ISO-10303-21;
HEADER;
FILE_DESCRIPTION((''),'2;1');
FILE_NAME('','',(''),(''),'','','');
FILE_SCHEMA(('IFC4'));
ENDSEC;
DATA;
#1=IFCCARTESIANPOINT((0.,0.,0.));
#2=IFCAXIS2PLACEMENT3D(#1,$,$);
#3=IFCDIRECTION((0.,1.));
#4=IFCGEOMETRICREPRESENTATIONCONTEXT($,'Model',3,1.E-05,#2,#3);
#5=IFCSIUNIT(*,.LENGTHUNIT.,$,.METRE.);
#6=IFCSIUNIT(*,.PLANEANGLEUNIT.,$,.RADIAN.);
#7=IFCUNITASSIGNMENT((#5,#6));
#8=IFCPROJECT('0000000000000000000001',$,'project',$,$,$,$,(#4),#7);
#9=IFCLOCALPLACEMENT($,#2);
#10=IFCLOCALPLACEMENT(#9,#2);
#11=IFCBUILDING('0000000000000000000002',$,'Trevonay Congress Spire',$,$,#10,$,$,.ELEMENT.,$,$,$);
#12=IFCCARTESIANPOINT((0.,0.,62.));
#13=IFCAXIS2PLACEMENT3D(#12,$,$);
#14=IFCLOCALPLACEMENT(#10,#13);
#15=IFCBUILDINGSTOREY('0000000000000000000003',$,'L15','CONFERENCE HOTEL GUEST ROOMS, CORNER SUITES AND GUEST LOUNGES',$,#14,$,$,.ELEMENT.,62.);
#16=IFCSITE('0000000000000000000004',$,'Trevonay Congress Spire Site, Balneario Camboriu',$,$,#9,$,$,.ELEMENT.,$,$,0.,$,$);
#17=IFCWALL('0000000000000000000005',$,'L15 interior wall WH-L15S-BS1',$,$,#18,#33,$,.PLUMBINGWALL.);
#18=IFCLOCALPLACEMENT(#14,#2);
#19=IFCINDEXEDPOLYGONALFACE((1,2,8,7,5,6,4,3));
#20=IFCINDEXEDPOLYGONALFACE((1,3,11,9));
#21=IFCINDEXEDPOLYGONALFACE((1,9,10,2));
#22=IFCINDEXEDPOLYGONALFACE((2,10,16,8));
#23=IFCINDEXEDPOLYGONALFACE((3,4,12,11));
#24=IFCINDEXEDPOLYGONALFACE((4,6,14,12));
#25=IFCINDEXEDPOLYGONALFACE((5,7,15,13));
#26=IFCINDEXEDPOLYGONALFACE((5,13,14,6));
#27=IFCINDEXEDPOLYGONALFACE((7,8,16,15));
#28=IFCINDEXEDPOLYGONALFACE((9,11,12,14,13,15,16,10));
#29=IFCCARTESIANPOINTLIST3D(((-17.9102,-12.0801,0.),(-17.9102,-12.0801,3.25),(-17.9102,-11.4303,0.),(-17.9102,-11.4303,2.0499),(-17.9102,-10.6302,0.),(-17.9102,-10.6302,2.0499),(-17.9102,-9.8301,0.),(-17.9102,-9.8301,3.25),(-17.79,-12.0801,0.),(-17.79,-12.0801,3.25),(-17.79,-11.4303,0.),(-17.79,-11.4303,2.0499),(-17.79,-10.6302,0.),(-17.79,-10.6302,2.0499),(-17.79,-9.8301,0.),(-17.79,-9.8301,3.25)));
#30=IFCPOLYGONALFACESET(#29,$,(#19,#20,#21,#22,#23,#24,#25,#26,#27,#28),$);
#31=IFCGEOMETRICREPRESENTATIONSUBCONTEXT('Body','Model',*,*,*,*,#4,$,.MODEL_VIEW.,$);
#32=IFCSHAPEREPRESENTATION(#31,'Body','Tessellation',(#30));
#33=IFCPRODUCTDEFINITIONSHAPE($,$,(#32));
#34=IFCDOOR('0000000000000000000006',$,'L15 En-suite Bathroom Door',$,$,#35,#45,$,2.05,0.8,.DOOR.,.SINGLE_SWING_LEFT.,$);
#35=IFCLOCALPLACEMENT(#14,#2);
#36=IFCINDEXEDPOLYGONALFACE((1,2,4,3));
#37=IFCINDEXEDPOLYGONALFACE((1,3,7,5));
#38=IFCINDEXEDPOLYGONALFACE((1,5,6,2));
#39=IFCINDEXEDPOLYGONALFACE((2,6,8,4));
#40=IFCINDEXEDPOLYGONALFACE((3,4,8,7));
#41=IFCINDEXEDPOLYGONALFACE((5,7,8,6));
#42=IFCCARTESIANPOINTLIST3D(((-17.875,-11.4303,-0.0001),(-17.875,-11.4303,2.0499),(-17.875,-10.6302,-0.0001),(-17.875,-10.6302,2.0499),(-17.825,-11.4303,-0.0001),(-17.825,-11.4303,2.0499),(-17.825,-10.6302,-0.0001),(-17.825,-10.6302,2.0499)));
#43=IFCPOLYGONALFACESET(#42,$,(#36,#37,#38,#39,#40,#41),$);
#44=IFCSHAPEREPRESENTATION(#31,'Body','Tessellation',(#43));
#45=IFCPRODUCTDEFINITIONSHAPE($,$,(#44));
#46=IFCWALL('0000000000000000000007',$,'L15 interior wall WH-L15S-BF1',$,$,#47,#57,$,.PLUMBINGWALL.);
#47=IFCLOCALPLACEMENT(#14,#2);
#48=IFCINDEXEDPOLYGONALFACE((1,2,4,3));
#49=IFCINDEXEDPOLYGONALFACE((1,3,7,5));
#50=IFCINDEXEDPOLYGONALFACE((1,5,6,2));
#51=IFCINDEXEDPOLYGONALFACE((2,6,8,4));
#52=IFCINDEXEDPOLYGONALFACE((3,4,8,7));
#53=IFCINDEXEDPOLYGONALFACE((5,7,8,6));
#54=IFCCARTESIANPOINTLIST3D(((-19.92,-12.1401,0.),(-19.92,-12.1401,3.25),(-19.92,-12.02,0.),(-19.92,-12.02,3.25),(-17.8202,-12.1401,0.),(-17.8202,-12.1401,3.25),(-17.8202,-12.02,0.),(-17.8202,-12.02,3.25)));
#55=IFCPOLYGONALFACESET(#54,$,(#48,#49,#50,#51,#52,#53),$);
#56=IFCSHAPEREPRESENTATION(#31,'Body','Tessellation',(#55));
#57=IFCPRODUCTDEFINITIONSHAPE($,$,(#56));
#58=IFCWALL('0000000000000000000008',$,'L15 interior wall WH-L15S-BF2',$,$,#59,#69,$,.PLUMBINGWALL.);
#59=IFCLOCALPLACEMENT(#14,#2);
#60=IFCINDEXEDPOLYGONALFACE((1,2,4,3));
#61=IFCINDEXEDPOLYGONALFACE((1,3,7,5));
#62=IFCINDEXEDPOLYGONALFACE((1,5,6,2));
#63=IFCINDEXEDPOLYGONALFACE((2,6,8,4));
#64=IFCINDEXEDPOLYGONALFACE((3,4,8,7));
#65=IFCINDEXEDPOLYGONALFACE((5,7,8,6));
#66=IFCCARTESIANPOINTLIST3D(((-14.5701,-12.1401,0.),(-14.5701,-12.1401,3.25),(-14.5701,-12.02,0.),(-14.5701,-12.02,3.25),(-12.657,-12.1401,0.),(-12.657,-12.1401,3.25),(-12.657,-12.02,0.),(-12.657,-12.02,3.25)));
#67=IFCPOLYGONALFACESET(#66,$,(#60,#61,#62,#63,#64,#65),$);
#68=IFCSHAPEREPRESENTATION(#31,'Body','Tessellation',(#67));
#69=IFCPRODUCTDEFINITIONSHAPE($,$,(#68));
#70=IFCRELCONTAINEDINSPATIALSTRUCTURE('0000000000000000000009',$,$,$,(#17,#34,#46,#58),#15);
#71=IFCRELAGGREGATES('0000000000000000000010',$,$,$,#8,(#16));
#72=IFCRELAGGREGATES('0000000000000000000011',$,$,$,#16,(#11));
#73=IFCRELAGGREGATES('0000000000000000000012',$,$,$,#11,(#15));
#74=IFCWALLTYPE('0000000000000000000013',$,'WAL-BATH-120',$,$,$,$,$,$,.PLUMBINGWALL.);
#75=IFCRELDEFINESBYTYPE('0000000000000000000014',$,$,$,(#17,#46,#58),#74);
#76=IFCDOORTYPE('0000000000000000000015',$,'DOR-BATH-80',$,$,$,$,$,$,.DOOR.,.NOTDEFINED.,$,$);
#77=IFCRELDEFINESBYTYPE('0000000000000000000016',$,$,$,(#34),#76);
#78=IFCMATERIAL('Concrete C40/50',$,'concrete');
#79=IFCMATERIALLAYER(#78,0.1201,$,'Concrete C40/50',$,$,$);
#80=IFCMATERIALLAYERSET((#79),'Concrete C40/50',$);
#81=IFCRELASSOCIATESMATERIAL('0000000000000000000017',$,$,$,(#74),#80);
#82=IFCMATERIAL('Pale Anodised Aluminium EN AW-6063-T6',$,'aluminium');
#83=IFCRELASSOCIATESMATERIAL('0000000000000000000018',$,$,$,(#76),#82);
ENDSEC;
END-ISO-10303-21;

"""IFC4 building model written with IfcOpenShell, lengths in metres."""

from ifc_helpers import new_model, si_unit, direction, frame, frame_2d, origin, place, context, subcontext, project, spatial, rectangle, extrude, material, layer, layer_set, type_object, element, fill, save


model = new_model("IFC4")

# Units and contexts
model_context = context("Model", 3, precision=1e-05, world=origin(), true_north=direction((0.0, 1.0)))
body_context = subcontext(model_context, "Body", "Model", "MODEL_VIEW")
ifc_project = project(units=[si_unit("LENGTHUNIT", "METRE"), si_unit("PLANEANGLEUNIT", "RADIAN")], contexts=[model_context])

# Site, building, storey
site_placement = place(None, origin())
site = spatial("IfcSite", under=ifc_project, at=site_placement, Name="Trevonay Congress Spire Site, Balneario Camboriu", CompositionType="ELEMENT", RefElevation=0.0)
building_placement = place(site_placement, origin())
building = spatial("IfcBuilding", under=site, at=building_placement, Name="Trevonay Congress Spire", CompositionType="ELEMENT")
storey_placement = place(building_placement, frame((0.0, 0.0, 62.0)))
storey = spatial("IfcBuildingStorey", under=building, at=storey_placement, Name="L15", Description="CONFERENCE HOTEL GUEST ROOMS, CORNER SUITES AND GUEST LOUNGES", CompositionType="ELEMENT", Elevation=62.0)

# Shared definitions
ifc_material_1 = material(Name="Pale Anodised Aluminium EN AW-6063-T6", Category="aluminium")

# Wall, opening, door
ifc_material_2 = material(Name="Concrete C40/50", Category="concrete")
ifc_layer_1 = layer(ifc_material_2, 0.1201, Name="Concrete C40/50")
ifc_layer_set_1 = layer_set([ifc_layer_1], Name="Concrete C40/50")
wall_type_1 = type_object("IfcWallType", Name="WAL-BATH-120", PredefinedType="PLUMBINGWALL", material=ifc_layer_set_1)
wall_1_placement = place(storey_placement, frame((-17.8501, -12.0801, 0.0), z_axis=(0.0, 0.0, 1.0), x_axis=(0.0, 1.0, 0.0)))
wall_1 = element("IfcWall", 1, at=wall_1_placement, inside=storey, type_object=wall_type_1, Name="L15 interior wall WH-L15S-BS1", PredefinedType="PLUMBINGWALL", context=body_context, shape_type="SweptSolid", body=[
    extrude(rectangle(XDim=2.25, YDim=0.1201, at=frame_2d((1.125, 0.0))), origin(), (0.0, 0.0, 1.0), 3.25),
])
opening_1_placement = place(wall_1_placement, frame((0.6499, 0.0, 0.0)))
opening_1 = element("IfcOpeningElement", 2, at=opening_1_placement, cuts=wall_1, PredefinedType="OPENING", context=body_context, shape_type="SweptSolid", body=[
    extrude(rectangle(XDim=0.8, YDim=2.05, at=frame_2d((0.3999, 1.0249))), frame((0.0, 0.0701, 0.0), z_axis=(0.0, -1.0, 0.0), x_axis=(1.0, 0.0, 0.0)), (0.0, 0.0, 1.0), 0.1401),
])
door_type_1 = type_object("IfcDoorType", Name="DOR-BATH-80", OperationType="NOTDEFINED", PredefinedType="DOOR", material=ifc_material_1)
door_1_placement = place(opening_1_placement, origin())
door_1 = element("IfcDoor", 3, at=door_1_placement, inside=storey, type_object=door_type_1, Name="L15 En-suite Bathroom Door", OperationType="SINGLE_SWING_LEFT", OverallHeight=2.05, OverallWidth=0.8, PredefinedType="DOOR", context=body_context, shape_type="SweptSolid", body=[
    extrude(rectangle(XDim=0.8, YDim=2.05, at=frame_2d((0.3999, 1.0249))), frame((0.0, 0.0249, 0.0), z_axis=(0.0, -1.0, 0.0), x_axis=(1.0, 0.0, 0.0)), (0.0, 0.0, 1.0), 0.05),
])
fill(opening_1, door_1)

# Walls
wall_2_placement = place(storey_placement, frame((-19.9199, -12.0801, 0.0), z_axis=(0.0, 0.0, 1.0), x_axis=(1.0, 0.0, 0.0)))
element("IfcWall", 4, at=wall_2_placement, inside=storey, type_object=wall_type_1, Name="L15 interior wall WH-L15S-BF1", PredefinedType="PLUMBINGWALL", context=body_context, shape_type="SweptSolid", body=[
    extrude(rectangle(XDim=2.0999, YDim=0.1201, at=frame_2d((1.0498, 0.0))), origin(), (0.0, 0.0, 1.0), 3.25),
])
wall_3_placement = place(storey_placement, frame((-14.5701, -12.0801, 0.0), z_axis=(0.0, 0.0, 1.0), x_axis=(1.0, 0.0, 0.0)))
element("IfcWall", 5, at=wall_3_placement, inside=storey, type_object=wall_type_1, Name="L15 interior wall WH-L15S-BF2", PredefinedType="PLUMBINGWALL", context=body_context, shape_type="SweptSolid", body=[
    extrude(rectangle(XDim=1.9131, YDim=0.1201, at=frame_2d((0.9565, 0.0))), origin(), (0.0, 0.0, 1.0), 3.25),
])

save(model, "model.ifc")
